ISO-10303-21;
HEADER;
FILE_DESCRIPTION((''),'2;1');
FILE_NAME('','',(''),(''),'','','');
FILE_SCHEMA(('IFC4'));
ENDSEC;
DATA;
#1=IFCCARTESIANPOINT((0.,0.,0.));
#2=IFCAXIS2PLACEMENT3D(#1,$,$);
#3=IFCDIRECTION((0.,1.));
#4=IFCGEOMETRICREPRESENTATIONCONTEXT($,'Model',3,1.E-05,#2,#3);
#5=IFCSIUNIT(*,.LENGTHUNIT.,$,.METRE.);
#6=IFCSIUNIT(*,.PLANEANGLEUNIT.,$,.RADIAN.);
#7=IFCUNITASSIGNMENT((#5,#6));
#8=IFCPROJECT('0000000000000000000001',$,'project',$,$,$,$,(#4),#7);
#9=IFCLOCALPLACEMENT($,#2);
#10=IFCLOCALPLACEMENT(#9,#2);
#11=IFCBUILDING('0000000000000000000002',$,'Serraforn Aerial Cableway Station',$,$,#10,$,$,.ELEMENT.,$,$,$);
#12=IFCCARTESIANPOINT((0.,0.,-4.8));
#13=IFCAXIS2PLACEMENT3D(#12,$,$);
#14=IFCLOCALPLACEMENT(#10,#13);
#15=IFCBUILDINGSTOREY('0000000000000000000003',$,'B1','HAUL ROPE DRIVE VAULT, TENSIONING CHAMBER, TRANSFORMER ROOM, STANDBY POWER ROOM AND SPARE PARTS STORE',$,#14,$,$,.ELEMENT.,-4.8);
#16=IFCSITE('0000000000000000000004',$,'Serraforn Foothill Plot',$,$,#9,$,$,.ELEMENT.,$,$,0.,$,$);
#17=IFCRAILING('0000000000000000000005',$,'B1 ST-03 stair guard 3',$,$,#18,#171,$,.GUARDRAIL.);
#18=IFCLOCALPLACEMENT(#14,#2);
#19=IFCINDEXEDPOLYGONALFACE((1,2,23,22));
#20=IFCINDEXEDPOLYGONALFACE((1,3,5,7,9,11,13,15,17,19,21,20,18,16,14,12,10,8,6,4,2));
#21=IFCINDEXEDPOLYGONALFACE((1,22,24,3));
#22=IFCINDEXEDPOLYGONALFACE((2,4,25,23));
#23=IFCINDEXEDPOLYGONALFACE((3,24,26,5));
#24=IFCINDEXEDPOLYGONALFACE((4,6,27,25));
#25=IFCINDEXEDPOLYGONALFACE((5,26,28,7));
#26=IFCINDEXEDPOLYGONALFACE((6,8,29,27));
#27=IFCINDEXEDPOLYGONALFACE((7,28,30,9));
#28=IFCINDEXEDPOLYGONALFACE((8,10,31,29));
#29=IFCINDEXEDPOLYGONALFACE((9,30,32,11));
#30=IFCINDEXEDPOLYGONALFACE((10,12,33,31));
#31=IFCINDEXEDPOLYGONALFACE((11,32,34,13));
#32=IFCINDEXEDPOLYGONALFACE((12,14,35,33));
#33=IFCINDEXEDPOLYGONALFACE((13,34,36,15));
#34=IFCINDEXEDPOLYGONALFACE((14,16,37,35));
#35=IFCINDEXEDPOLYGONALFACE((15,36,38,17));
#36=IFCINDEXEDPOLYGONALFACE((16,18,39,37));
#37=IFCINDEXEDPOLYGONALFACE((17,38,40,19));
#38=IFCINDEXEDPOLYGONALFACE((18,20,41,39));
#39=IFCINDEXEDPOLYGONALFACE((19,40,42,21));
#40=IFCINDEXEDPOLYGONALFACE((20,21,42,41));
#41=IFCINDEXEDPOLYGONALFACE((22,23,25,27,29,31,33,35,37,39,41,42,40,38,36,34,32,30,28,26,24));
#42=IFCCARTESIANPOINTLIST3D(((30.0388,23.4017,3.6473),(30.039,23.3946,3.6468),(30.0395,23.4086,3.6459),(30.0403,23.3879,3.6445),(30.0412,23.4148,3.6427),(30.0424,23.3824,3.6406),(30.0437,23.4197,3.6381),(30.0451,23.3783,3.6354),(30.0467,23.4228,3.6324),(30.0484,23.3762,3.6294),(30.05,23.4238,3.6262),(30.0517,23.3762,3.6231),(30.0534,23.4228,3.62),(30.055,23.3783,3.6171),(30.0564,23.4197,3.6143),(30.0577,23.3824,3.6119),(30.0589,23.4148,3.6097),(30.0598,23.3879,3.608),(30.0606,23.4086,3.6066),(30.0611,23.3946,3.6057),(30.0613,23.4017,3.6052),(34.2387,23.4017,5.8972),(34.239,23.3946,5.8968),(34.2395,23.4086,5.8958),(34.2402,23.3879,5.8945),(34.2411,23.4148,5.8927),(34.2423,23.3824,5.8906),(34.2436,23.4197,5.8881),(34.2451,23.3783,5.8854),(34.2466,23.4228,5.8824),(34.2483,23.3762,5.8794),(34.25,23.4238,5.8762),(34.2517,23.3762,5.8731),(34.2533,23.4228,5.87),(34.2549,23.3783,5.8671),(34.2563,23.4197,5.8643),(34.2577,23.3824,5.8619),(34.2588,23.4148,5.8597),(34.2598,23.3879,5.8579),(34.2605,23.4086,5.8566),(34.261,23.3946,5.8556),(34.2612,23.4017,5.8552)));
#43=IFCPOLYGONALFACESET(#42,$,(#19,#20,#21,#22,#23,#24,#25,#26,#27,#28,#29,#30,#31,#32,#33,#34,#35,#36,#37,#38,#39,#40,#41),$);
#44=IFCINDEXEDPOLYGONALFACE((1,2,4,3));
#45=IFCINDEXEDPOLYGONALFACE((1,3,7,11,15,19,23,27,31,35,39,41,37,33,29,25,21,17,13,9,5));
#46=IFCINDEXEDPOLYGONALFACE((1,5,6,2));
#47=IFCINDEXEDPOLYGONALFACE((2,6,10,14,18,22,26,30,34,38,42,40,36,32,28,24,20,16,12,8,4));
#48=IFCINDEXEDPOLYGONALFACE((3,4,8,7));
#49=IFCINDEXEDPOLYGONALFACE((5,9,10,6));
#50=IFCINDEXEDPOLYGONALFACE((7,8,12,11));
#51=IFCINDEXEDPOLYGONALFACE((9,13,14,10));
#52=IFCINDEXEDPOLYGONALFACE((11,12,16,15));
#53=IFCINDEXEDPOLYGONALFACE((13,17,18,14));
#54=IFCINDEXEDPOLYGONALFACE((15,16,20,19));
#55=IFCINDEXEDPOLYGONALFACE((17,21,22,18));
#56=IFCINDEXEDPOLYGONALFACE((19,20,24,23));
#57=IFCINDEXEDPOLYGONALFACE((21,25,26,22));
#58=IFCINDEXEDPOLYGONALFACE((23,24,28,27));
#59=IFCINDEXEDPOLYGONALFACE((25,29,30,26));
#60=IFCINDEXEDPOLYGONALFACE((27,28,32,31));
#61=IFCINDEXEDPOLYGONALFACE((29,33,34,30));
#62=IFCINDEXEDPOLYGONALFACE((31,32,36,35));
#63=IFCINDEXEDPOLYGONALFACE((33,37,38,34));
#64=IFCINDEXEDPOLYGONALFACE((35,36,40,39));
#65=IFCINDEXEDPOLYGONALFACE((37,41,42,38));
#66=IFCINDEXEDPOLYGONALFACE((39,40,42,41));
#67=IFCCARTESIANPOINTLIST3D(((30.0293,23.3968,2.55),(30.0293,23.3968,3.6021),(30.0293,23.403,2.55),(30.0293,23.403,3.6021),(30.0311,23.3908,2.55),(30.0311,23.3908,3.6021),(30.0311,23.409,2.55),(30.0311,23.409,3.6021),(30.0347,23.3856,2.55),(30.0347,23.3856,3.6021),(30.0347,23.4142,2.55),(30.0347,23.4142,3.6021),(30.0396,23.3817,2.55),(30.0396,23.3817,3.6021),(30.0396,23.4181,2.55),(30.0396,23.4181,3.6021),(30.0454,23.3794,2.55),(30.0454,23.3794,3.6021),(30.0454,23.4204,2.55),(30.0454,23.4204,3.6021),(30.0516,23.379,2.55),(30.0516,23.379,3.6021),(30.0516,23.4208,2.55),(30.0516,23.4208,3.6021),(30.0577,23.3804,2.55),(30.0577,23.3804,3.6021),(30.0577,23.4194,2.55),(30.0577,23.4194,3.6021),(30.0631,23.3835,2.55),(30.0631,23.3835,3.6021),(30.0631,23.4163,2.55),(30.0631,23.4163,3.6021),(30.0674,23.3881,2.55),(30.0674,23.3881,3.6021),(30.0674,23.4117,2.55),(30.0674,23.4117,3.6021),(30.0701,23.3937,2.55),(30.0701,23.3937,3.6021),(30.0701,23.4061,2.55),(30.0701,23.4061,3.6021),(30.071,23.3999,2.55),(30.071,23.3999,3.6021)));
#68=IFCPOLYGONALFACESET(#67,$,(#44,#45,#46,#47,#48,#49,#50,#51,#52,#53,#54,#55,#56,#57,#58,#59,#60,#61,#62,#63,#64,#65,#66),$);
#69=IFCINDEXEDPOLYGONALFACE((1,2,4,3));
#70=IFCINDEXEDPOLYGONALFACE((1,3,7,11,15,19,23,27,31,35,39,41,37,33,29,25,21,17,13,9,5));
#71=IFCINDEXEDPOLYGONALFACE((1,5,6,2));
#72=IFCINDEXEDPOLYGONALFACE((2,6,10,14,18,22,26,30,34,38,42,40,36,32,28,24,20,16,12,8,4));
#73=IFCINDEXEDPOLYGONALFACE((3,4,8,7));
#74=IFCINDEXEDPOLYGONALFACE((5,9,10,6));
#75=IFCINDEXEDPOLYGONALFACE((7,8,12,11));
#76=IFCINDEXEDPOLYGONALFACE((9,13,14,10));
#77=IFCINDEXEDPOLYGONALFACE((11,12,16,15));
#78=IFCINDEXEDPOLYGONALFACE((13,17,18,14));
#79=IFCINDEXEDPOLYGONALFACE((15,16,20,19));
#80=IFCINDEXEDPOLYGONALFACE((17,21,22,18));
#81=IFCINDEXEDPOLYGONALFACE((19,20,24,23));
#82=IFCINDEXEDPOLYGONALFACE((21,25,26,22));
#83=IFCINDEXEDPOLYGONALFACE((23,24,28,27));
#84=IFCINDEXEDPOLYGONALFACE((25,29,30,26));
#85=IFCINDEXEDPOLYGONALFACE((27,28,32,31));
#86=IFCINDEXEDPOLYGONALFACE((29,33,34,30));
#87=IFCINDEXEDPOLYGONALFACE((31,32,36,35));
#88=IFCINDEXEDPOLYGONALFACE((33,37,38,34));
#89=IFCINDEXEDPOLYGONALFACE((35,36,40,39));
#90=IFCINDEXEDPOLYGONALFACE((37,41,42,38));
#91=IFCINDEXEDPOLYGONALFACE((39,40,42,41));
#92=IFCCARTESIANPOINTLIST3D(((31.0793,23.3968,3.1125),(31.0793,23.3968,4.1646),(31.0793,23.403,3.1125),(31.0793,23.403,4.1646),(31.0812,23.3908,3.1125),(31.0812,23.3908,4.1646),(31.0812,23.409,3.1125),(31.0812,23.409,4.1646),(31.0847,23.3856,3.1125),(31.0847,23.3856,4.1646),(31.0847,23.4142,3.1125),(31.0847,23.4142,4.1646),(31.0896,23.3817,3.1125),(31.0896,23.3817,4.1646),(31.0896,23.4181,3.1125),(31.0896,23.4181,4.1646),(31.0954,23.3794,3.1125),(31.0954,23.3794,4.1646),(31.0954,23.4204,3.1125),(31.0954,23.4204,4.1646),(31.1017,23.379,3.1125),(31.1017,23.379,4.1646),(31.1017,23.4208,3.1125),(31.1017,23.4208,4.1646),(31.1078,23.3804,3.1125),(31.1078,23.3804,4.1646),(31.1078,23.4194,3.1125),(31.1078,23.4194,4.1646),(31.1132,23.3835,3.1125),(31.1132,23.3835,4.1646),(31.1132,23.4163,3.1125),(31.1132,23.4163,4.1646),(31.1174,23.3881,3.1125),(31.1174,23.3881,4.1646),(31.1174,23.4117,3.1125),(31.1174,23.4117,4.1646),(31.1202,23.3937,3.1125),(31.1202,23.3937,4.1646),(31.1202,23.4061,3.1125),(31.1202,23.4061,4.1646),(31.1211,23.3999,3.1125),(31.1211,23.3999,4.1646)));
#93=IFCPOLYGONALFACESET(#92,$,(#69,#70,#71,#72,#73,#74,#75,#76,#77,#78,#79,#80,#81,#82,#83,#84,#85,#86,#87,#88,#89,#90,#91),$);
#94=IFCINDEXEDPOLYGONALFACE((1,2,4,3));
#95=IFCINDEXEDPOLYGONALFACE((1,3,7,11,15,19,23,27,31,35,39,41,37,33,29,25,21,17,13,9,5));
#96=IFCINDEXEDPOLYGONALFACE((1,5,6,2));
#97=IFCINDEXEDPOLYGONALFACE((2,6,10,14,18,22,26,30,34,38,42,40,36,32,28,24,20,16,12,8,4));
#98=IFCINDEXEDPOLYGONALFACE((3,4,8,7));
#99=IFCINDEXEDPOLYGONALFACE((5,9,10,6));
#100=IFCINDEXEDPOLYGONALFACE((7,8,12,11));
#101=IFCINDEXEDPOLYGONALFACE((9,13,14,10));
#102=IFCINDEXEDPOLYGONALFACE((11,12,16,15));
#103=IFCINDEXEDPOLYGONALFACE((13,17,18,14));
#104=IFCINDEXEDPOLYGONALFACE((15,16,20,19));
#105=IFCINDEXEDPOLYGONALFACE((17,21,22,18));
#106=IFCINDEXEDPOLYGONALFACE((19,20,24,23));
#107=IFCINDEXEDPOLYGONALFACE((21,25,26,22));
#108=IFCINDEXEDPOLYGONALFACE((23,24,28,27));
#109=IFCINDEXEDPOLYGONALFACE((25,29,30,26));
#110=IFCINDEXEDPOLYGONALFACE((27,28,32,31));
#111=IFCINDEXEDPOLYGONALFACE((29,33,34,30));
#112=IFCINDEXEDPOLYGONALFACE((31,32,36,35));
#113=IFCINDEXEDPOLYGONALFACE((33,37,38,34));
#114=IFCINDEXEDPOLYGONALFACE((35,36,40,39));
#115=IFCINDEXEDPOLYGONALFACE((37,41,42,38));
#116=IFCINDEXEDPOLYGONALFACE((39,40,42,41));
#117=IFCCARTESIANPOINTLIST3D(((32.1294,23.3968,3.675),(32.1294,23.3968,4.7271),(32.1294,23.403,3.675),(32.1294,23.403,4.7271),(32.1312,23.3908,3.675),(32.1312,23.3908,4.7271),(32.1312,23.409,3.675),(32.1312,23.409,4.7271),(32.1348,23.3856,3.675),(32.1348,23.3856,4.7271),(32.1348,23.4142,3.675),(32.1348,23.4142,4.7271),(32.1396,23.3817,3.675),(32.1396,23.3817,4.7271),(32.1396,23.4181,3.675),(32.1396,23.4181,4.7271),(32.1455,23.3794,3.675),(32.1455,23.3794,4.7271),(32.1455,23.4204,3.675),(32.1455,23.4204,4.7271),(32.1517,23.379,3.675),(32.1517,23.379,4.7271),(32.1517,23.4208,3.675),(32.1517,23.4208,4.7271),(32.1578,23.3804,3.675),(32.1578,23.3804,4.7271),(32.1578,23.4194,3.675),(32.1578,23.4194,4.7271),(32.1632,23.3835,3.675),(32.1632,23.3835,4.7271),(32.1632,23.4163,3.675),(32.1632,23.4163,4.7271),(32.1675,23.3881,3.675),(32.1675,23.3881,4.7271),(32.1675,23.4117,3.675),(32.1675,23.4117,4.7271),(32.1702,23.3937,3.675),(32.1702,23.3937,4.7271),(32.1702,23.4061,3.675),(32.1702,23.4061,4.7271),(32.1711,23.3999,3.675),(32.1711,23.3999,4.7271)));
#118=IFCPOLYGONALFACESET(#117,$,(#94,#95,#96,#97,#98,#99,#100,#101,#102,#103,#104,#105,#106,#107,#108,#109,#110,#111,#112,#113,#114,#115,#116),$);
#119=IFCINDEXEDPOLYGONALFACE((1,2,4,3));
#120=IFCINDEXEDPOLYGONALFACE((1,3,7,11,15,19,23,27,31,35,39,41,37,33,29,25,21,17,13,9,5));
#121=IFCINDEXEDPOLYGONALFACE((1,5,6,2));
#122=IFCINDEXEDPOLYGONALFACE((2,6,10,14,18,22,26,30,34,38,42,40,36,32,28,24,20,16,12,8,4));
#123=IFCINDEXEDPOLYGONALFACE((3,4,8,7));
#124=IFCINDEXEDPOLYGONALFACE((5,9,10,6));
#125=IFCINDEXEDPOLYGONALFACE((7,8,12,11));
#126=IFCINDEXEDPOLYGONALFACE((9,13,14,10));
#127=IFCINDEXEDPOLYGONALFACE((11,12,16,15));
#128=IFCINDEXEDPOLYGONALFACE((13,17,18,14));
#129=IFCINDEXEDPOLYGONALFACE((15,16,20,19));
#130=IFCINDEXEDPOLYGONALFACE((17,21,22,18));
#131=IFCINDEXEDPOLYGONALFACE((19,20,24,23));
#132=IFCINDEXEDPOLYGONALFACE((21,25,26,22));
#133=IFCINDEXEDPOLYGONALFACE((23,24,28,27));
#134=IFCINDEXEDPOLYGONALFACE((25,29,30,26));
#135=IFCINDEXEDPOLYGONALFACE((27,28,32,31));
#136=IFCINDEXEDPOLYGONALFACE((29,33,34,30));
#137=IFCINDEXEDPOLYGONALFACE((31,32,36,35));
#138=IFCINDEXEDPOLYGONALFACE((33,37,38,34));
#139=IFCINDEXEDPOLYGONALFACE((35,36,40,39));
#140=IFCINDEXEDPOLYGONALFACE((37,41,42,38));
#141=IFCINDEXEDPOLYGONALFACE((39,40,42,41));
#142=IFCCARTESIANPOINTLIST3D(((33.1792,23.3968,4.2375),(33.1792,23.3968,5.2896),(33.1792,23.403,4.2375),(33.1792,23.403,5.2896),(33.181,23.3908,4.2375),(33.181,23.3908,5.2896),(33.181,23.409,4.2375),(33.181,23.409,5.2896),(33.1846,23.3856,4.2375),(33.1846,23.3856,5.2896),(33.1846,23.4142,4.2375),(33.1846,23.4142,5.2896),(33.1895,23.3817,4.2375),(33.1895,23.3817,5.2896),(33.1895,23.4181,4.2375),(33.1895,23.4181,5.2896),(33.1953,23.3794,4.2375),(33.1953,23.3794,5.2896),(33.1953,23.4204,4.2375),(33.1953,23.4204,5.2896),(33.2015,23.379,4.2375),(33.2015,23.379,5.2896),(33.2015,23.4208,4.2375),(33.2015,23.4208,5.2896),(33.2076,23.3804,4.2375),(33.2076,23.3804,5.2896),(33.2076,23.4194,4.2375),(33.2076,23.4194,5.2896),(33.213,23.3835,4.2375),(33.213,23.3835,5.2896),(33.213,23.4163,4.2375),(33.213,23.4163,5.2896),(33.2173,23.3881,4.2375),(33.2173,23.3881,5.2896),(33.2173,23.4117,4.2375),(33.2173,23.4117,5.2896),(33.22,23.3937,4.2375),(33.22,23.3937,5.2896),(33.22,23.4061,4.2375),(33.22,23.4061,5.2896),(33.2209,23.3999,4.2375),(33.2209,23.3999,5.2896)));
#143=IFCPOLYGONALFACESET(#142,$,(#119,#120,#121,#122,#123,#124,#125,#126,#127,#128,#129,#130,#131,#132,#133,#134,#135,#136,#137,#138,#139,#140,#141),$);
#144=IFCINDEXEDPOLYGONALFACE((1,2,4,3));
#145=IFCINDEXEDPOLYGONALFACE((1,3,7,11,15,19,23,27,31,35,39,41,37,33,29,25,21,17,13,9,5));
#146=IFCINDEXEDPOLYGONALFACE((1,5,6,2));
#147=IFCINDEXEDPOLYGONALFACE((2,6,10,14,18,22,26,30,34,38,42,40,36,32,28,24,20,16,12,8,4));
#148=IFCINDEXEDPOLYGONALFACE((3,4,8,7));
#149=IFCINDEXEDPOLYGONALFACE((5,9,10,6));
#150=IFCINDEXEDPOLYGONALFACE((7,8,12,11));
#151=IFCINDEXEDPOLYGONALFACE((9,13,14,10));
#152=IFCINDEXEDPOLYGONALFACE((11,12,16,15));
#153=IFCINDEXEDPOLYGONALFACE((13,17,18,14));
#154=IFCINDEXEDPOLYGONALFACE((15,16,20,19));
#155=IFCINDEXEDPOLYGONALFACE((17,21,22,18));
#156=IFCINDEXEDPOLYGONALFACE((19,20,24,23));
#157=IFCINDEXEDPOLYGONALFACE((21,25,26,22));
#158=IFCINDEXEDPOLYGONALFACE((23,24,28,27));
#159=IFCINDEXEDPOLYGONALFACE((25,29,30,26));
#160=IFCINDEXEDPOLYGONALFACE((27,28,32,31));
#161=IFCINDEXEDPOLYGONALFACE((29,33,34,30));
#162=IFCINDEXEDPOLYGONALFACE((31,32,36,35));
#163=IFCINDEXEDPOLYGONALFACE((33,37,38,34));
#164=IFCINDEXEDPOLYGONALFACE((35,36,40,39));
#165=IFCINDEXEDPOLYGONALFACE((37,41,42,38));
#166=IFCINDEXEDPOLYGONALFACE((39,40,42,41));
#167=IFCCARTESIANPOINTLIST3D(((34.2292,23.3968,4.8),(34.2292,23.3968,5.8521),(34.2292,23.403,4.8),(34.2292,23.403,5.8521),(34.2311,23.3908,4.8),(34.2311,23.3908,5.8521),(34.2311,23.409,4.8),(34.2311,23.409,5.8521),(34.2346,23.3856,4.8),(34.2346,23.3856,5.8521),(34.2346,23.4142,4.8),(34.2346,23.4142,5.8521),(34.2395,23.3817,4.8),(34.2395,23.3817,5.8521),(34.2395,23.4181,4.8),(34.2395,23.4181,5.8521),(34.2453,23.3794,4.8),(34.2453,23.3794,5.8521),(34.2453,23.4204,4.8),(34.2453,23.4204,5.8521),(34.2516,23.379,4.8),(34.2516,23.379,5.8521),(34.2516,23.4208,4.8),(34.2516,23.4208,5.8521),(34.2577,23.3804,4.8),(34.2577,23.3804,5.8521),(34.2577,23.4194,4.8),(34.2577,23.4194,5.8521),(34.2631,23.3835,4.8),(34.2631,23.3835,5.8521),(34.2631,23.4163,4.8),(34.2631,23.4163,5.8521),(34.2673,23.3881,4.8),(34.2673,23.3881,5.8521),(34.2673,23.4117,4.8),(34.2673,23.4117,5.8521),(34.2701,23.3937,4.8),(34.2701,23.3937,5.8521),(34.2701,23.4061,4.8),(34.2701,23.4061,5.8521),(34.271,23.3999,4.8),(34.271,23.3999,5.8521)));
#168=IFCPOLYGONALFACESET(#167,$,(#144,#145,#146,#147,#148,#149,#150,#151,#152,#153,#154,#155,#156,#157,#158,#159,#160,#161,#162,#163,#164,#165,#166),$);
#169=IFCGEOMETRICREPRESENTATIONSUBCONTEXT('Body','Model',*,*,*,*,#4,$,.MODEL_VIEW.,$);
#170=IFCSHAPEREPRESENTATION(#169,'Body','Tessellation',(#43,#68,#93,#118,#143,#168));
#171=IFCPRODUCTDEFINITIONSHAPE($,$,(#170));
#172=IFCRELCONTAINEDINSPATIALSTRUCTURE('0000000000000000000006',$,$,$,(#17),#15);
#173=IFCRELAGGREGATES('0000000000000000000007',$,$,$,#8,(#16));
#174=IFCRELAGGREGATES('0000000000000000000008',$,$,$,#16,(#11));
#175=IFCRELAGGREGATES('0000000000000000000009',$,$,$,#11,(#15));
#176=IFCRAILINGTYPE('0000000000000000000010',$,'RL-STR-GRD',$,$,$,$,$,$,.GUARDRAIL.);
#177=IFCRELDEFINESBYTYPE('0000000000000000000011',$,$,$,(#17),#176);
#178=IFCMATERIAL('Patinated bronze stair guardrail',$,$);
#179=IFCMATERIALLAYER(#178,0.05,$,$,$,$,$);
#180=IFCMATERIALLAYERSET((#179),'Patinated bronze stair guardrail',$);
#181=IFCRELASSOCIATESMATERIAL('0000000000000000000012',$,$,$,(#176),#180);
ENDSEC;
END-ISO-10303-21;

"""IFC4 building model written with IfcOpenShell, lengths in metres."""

from ifc_helpers import new_model, si_unit, direction, frame, origin, origin_2d, place, context, subcontext, project, spatial, circle, extrude, material, layer, layer_set, type_object, element, save


model = new_model("IFC4")

# Units and contexts
model_context = context("Model", 3, precision=1e-05, world=origin(), true_north=direction((0.0, 1.0)))
body_context = subcontext(model_context, "Body", "Model", "MODEL_VIEW")
ifc_project = project(units=[si_unit("LENGTHUNIT", "METRE"), si_unit("PLANEANGLEUNIT", "RADIAN")], contexts=[model_context])

# Site, building, storey
site_placement = place(None, origin())
site = spatial("IfcSite", under=ifc_project, at=site_placement, Name="Serraforn Foothill Plot", CompositionType="ELEMENT", RefElevation=0.0)
building_placement = place(site_placement, origin())
building = spatial("IfcBuilding", under=site, at=building_placement, Name="Serraforn Aerial Cableway Station", CompositionType="ELEMENT")
storey_placement = place(building_placement, frame((0.0, 0.0, -4.8)))
storey = spatial("IfcBuildingStorey", under=building, at=storey_placement, Name="B1", Description="HAUL ROPE DRIVE VAULT, TENSIONING CHAMBER, TRANSFORMER ROOM, STANDBY POWER ROOM AND SPARE PARTS STORE", CompositionType="ELEMENT", Elevation=-4.8)

# Railing
ifc_material_1 = material(Name="Patinated bronze stair guardrail")
ifc_layer_1 = layer(ifc_material_1, 0.05)
ifc_layer_set_1 = layer_set([ifc_layer_1], Name="Patinated bronze stair guardrail")
railing_type_1 = type_object("IfcRailingType", Name="RL-STR-GRD", PredefinedType="GUARDRAIL", material=ifc_layer_set_1)
railing_1_placement = place(storey_placement, frame((30.05, 23.3999, 2.55)))
element("IfcRailing", 1, at=railing_1_placement, inside=storey, type_object=railing_type_1, Name="B1 ST-03 stair guard 3", PredefinedType="GUARDRAIL", context=body_context, shape_type="SweptSolid", body=[
    extrude(circle(Radius=0.0239, at=origin_2d()), frame((0.0, 0.0, 1.0762), z_axis=(0.881478, 0.0, 0.472226), x_axis=(0.0, 1.0, 0.0)), (0.0, 0.0, 1.0), 4.7646),
    extrude(circle(Radius=0.021, at=origin_2d()), origin(), (0.0, 0.0, 1.0), 1.052),
    extrude(circle(Radius=0.021, at=origin_2d()), frame((1.05, 0.0, 0.5625)), (0.0, 0.0, 1.0), 1.052),
    extrude(circle(Radius=0.021, at=origin_2d()), frame((2.1001, 0.0, 1.125)), (0.0, 0.0, 1.0), 1.052),
    extrude(circle(Radius=0.021, at=origin_2d()), frame((3.1499, 0.0, 1.6875)), (0.0, 0.0, 1.0), 1.052),
    extrude(circle(Radius=0.021, at=origin_2d()), frame((4.2, 0.0, 2.25)), (0.0, 0.0, 1.0), 1.052),
])

save(model, "model.ifc")
